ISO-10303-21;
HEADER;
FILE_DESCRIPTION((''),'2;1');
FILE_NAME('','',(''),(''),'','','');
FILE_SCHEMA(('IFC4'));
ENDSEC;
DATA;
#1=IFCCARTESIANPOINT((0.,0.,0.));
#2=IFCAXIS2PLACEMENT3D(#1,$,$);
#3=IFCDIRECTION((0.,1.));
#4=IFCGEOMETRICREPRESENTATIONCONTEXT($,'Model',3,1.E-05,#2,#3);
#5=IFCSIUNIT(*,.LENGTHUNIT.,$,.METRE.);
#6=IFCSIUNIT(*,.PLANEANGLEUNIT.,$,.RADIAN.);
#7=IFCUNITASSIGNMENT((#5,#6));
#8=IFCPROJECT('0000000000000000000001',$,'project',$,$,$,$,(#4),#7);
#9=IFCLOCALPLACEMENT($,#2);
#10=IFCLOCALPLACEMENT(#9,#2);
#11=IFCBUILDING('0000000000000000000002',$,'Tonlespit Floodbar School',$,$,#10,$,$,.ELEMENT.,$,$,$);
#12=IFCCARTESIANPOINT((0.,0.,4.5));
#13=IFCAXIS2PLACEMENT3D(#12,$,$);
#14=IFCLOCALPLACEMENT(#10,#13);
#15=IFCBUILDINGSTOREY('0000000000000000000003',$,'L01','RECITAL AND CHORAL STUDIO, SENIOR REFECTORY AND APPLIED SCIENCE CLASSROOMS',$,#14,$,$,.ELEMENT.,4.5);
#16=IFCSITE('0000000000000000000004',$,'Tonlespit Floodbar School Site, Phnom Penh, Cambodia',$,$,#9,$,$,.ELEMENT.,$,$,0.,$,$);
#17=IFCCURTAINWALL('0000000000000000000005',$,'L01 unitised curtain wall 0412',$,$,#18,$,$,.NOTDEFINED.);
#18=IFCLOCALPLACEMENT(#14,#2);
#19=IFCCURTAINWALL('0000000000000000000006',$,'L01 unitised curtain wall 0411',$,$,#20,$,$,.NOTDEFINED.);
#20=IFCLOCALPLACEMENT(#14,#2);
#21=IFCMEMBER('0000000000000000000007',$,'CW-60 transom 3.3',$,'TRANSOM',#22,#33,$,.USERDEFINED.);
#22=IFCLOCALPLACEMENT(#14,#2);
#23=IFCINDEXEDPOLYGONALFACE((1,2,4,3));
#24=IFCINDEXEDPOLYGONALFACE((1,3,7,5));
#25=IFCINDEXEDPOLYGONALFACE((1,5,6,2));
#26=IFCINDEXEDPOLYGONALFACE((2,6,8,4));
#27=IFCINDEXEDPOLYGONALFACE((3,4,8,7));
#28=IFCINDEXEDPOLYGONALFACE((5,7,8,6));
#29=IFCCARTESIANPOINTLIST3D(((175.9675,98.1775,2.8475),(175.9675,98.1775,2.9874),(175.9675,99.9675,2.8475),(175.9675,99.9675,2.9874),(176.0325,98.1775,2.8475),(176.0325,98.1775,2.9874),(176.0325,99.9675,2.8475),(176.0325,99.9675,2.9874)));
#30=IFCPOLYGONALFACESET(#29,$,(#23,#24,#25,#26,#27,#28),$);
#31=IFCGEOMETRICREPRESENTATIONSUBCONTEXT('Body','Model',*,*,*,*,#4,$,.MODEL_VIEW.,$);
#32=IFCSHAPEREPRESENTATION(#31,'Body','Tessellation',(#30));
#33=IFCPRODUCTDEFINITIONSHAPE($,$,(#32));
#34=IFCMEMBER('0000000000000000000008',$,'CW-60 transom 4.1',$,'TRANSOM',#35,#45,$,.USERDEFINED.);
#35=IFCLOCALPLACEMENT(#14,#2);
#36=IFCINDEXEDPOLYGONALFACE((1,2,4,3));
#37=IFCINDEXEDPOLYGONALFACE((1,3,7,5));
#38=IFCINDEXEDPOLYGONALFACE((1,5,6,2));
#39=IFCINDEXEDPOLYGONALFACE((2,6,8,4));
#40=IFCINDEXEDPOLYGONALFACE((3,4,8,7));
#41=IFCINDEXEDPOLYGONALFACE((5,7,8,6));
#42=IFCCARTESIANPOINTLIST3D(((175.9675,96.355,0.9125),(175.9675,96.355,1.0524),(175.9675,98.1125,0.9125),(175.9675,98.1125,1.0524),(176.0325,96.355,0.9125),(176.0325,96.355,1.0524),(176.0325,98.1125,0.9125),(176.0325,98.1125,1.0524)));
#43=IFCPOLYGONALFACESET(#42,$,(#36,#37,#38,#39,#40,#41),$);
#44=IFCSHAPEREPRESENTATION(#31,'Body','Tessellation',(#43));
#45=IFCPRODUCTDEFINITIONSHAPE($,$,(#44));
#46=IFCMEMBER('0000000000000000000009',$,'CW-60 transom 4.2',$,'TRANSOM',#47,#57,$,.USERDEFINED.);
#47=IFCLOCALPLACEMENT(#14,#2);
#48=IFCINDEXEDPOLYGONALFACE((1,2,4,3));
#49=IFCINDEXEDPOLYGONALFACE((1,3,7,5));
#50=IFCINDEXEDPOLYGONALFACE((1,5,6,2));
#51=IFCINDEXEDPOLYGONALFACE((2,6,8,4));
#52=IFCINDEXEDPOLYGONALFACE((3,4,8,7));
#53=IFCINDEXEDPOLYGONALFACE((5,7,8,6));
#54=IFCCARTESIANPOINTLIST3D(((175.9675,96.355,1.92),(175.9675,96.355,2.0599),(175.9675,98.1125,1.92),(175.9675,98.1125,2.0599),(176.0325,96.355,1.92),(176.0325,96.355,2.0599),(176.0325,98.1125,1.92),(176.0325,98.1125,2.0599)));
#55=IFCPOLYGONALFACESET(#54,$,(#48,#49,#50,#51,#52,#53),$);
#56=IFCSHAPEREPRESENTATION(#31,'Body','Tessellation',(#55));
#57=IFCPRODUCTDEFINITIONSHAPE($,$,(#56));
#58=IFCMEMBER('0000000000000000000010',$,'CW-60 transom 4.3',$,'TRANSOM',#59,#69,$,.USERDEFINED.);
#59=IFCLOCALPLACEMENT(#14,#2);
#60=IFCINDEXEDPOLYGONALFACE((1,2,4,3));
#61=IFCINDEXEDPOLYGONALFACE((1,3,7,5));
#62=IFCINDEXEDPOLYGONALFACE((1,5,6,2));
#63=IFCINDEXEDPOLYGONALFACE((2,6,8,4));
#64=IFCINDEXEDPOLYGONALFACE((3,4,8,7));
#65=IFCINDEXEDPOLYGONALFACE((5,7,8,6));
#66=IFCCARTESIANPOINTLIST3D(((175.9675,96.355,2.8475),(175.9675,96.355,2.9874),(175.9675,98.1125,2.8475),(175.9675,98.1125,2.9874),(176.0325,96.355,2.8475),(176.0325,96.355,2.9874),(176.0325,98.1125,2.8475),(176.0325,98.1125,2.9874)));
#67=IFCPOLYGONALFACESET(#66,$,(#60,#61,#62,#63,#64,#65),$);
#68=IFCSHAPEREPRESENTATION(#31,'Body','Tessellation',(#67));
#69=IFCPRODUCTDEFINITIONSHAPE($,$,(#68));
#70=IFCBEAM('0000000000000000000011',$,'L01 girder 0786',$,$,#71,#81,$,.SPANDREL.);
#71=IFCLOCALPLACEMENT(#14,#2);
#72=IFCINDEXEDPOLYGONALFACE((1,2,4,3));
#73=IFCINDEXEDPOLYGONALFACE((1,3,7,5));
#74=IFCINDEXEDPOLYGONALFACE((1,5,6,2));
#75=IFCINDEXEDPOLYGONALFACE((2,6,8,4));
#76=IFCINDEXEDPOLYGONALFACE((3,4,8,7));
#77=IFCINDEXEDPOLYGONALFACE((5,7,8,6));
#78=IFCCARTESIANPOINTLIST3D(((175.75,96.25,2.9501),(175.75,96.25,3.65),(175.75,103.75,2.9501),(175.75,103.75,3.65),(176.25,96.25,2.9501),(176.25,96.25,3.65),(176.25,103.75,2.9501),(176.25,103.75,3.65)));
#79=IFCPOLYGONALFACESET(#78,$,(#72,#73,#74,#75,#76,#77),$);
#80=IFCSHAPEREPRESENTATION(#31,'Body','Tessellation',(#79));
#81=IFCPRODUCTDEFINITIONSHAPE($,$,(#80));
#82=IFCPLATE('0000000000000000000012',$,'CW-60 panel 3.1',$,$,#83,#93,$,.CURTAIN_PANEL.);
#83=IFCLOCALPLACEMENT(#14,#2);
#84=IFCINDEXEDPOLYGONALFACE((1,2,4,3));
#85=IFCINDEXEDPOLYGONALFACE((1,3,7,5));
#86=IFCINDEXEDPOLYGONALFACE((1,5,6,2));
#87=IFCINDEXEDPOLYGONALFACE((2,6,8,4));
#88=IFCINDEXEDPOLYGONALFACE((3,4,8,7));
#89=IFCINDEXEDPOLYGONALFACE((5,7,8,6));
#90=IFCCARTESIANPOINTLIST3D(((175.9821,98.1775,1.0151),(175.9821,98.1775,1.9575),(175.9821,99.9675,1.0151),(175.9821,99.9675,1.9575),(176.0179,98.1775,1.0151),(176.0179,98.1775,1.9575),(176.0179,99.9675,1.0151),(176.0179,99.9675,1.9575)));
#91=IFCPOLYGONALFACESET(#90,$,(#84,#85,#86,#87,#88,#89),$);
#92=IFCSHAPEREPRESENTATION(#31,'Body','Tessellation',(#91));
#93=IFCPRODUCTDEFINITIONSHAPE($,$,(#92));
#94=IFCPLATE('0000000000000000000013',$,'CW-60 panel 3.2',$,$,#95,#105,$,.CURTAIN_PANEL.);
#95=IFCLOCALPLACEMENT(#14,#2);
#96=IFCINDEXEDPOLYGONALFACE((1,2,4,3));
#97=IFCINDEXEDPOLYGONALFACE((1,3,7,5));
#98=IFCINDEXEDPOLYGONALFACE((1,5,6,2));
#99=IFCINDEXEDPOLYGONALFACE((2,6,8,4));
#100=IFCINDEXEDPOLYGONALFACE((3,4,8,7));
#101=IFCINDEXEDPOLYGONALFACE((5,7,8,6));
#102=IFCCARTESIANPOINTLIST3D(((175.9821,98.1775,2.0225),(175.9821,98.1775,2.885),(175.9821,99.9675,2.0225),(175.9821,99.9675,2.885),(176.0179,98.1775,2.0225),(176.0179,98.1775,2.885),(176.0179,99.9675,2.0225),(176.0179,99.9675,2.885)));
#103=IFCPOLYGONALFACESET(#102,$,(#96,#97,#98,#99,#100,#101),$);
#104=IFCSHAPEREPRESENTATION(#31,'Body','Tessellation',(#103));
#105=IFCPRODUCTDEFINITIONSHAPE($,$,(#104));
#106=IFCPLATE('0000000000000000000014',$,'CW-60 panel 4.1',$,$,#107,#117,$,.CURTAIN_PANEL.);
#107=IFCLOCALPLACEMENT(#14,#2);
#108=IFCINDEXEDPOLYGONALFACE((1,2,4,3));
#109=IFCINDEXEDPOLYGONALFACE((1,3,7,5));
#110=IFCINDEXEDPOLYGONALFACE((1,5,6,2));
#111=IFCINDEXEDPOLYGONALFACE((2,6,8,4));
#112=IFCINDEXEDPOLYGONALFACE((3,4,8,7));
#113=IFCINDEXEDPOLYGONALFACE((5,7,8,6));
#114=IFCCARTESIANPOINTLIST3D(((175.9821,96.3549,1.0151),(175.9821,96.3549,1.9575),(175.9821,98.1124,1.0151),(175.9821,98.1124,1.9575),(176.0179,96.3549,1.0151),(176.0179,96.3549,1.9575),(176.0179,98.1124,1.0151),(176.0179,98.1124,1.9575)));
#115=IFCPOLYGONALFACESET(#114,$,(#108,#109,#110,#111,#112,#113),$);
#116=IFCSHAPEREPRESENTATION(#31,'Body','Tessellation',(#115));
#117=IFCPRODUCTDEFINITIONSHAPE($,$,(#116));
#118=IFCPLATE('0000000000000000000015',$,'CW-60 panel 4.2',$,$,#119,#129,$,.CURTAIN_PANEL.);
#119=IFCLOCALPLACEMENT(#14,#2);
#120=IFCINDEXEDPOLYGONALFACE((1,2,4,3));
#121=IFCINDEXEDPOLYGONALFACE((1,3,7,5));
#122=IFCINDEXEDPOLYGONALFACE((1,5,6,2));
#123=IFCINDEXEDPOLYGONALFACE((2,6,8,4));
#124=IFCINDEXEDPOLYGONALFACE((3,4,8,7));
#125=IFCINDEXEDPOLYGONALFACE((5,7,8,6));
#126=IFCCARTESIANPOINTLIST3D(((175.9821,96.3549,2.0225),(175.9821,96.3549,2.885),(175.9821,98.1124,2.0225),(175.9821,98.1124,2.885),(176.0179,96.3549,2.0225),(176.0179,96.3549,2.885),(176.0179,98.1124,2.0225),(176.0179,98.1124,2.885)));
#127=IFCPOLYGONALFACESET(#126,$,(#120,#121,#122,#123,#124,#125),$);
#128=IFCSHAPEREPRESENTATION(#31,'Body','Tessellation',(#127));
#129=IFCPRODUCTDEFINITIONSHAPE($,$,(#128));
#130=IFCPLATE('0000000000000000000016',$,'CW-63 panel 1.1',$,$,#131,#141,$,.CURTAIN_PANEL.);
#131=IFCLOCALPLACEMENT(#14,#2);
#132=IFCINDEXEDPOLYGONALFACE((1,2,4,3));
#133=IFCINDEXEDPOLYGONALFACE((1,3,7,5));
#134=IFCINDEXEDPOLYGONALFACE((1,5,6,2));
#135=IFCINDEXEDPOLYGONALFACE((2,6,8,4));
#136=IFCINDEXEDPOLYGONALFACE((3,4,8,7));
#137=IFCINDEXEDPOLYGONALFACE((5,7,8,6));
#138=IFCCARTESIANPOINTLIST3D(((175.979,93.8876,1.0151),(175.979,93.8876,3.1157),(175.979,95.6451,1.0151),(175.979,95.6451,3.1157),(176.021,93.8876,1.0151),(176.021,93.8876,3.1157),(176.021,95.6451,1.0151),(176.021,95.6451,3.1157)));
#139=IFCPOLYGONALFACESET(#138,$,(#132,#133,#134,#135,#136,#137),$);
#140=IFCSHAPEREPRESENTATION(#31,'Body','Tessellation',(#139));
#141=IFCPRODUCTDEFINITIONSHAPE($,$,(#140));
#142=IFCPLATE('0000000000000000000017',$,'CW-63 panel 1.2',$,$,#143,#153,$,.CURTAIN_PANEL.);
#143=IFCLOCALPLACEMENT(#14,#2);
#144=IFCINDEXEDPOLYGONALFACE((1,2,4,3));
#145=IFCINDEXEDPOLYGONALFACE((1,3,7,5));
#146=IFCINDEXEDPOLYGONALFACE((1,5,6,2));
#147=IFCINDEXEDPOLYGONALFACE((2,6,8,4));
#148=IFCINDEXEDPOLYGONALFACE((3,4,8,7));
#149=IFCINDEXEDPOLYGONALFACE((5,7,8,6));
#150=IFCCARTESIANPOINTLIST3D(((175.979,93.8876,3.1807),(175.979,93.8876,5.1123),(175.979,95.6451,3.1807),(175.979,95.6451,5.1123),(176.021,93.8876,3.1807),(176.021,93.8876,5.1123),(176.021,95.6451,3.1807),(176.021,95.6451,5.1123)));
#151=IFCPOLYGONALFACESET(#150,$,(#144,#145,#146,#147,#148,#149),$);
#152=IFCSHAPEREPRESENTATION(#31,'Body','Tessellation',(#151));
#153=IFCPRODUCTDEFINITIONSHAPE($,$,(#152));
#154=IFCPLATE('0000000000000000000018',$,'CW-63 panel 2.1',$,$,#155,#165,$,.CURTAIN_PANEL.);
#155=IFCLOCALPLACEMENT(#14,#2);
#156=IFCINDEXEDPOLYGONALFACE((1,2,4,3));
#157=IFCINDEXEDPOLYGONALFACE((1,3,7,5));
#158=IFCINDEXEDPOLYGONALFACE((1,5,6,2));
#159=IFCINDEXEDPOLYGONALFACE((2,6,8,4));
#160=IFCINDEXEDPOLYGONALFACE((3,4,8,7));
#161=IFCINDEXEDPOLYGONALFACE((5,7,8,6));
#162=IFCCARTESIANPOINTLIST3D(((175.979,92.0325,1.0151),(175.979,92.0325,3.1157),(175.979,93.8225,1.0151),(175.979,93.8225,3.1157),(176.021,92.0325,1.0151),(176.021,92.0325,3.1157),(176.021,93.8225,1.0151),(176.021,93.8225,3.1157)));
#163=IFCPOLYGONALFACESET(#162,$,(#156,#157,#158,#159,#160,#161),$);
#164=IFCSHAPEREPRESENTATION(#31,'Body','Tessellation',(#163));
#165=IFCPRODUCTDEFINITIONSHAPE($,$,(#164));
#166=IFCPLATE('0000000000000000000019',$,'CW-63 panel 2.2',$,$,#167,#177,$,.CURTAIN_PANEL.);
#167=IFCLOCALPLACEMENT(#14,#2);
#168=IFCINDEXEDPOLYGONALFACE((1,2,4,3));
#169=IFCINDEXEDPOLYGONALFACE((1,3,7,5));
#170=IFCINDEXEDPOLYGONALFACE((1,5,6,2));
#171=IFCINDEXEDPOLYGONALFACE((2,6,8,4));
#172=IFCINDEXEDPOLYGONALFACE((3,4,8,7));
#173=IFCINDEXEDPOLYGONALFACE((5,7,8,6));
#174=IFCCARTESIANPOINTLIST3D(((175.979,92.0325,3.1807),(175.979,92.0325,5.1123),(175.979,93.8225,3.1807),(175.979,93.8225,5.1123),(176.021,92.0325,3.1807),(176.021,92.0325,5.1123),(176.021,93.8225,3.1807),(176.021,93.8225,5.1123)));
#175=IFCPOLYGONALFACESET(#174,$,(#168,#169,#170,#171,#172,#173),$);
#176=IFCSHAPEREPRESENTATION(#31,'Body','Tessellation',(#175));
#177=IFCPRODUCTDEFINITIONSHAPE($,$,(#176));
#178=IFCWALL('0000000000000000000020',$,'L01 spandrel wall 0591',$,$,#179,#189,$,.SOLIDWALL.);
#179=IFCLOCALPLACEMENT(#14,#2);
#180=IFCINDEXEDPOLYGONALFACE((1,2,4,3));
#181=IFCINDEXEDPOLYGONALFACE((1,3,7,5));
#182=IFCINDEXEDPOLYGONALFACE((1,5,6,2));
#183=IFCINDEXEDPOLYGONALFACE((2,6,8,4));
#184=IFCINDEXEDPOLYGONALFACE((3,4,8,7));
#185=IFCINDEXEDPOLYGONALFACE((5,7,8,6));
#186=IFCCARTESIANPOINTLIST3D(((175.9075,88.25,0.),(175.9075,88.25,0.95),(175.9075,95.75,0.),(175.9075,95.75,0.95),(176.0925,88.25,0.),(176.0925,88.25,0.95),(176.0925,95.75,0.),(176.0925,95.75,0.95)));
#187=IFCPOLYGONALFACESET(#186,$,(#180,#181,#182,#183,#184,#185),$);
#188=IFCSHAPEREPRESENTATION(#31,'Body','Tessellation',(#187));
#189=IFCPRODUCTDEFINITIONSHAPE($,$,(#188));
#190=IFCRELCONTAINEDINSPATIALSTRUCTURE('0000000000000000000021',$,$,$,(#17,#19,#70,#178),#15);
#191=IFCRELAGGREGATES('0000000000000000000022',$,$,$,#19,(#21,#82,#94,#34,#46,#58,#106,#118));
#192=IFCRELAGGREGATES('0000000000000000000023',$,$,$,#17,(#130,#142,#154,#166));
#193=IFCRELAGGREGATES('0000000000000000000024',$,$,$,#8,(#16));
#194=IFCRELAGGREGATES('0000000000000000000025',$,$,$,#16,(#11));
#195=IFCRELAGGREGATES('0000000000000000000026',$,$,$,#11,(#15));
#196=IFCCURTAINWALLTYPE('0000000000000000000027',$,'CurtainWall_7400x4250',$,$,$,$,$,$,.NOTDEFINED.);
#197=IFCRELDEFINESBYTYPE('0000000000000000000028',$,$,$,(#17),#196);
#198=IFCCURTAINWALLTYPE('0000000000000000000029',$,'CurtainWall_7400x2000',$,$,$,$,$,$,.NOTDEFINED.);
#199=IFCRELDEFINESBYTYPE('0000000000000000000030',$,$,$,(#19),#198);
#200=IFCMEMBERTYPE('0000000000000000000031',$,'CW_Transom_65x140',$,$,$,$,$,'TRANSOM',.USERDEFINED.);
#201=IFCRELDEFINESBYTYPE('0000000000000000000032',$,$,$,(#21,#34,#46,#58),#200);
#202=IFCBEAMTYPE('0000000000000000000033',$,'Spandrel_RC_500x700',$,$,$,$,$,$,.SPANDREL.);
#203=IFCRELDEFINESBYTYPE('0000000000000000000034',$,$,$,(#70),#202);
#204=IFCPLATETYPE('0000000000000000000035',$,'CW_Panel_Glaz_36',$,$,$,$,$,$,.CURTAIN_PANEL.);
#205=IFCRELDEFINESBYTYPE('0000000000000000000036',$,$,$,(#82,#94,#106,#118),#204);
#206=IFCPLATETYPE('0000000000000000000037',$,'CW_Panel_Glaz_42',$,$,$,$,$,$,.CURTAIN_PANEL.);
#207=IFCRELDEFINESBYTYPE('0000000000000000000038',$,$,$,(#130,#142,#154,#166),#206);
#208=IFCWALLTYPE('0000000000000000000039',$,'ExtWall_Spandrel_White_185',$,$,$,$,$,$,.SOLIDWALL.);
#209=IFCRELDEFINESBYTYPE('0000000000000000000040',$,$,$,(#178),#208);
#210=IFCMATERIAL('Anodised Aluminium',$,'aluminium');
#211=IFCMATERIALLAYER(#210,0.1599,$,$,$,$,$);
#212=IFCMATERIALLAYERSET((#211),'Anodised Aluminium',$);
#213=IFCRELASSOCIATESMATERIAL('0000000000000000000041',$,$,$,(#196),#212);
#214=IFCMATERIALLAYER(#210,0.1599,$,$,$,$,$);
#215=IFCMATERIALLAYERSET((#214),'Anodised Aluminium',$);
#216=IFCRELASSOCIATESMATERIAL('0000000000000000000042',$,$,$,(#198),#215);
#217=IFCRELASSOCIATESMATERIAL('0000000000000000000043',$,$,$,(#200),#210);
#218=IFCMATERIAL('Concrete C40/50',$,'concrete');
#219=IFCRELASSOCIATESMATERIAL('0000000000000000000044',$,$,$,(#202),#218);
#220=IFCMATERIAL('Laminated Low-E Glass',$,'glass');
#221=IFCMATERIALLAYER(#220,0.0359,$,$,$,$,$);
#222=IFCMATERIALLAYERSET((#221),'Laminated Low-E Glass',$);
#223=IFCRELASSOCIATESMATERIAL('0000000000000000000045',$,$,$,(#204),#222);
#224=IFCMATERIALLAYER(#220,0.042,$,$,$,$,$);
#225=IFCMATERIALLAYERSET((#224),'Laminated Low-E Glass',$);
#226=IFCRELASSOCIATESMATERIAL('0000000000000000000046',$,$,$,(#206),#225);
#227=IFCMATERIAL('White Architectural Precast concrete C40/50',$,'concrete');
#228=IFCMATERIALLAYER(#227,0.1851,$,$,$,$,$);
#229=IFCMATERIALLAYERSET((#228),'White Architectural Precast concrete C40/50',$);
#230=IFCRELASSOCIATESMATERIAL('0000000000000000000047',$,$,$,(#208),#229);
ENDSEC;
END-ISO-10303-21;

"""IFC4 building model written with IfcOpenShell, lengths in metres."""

from ifc_helpers import new_model, si_unit, direction, frame, frame_2d, origin, origin_2d, place, context, subcontext, project, spatial, rectangle, extrude, material, layer, layer_set, material_profile, profile_set, type_object, element, aggregate, save


model = new_model("IFC4")

# Units and contexts
model_context = context("Model", 3, precision=1e-05, world=origin(), true_north=direction((0.0, 1.0)))
body_context = subcontext(model_context, "Body", "Model", "MODEL_VIEW")
ifc_project = project(units=[si_unit("LENGTHUNIT", "METRE"), si_unit("PLANEANGLEUNIT", "RADIAN")], contexts=[model_context])

# Site, building, storey
site_placement = place(None, origin())
site = spatial("IfcSite", under=ifc_project, at=site_placement, Name="Tonlespit Floodbar School Site, Phnom Penh, Cambodia", CompositionType="ELEMENT", RefElevation=0.0)
building_placement = place(site_placement, origin())
building = spatial("IfcBuilding", under=site, at=building_placement, Name="Tonlespit Floodbar School", CompositionType="ELEMENT")
storey_placement = place(building_placement, frame((0.0, 0.0, 4.5)))
storey = spatial("IfcBuildingStorey", under=building, at=storey_placement, Name="L01", Description="RECITAL AND CHORAL STUDIO, SENIOR REFECTORY AND APPLIED SCIENCE CLASSROOMS", CompositionType="ELEMENT", Elevation=4.5)

# Shared definitions
ifc_material_1 = material(Name="Concrete C40/50", Category="concrete")

# Curtain walls
ifc_material_2 = material(Name="Anodised Aluminium", Category="aluminium")
ifc_layer_1 = layer(ifc_material_2, 0.1599)
ifc_layer_set_1 = layer_set([ifc_layer_1], Name="Anodised Aluminium")
curtain_wall_type_1 = type_object("IfcCurtainWallType", Name="CurtainWall_7400x4250", PredefinedType="NOTDEFINED", material=ifc_layer_set_1)
curtain_wall_1_placement = place(storey_placement, origin())
curtain_wall_1 = element("IfcCurtainWall", 1, at=curtain_wall_1_placement, inside=storey, type_object=curtain_wall_type_1, Name="L01 unitised curtain wall 0412", PredefinedType="NOTDEFINED")
ifc_layer_2 = layer(ifc_material_2, 0.1599)
ifc_layer_set_2 = layer_set([ifc_layer_2], Name="Anodised Aluminium")
curtain_wall_type_2 = type_object("IfcCurtainWallType", Name="CurtainWall_7400x2000", PredefinedType="NOTDEFINED", material=ifc_layer_set_2)
curtain_wall_2_placement = place(storey_placement, origin())
curtain_wall_2 = element("IfcCurtainWall", 2, at=curtain_wall_2_placement, inside=storey, type_object=curtain_wall_type_2, Name="L01 unitised curtain wall 0411", PredefinedType="NOTDEFINED")

# Members
ifc_material_profile_1 = material_profile(ifc_material_2, rectangle(XDim=0.0649, YDim=0.1399, at=origin_2d()), Name="ALU T65x140")
ifc_profile_set_1 = profile_set([ifc_material_profile_1], Name="Anodised Aluminium")
member_type_1 = type_object("IfcMemberType", Name="CW_Transom_65x140", ElementType="TRANSOM", PredefinedType="USERDEFINED", material=ifc_profile_set_1)
member_1_placement = place(storey_placement, frame((176.0, 99.9675, 2.9175), z_axis=(0.0, -1.0, 0.0), x_axis=(1.0, 0.0, 0.0)))
member_1 = element("IfcMember", 3, at=member_1_placement, type_object=member_type_1, Name="CW-60 transom 3.3", ObjectType="TRANSOM", PredefinedType="USERDEFINED", context=body_context, shape_type="SweptSolid", body=[
    extrude(rectangle(XDim=0.0649, YDim=0.1399, at=origin_2d()), origin(), (0.0, 0.0, 1.0), 1.79),
])
member_2_placement = place(storey_placement, frame((176.0, 98.1125, 0.9824), z_axis=(0.0, -1.0, 0.0), x_axis=(1.0, 0.0, 0.0)))
member_2 = element("IfcMember", 4, at=member_2_placement, type_object=member_type_1, Name="CW-60 transom 4.1", ObjectType="TRANSOM", PredefinedType="USERDEFINED", context=body_context, shape_type="SweptSolid", body=[
    extrude(rectangle(XDim=0.0649, YDim=0.1399, at=origin_2d()), origin(), (0.0, 0.0, 1.0), 1.7576),
])
member_3_placement = place(storey_placement, frame((176.0, 98.1125, 1.99), z_axis=(0.0, -1.0, 0.0), x_axis=(1.0, 0.0, 0.0)))
member_3 = element("IfcMember", 5, at=member_3_placement, type_object=member_type_1, Name="CW-60 transom 4.2", ObjectType="TRANSOM", PredefinedType="USERDEFINED", context=body_context, shape_type="SweptSolid", body=[
    extrude(rectangle(XDim=0.0649, YDim=0.1399, at=origin_2d()), origin(), (0.0, 0.0, 1.0), 1.7576),
])
member_4_placement = place(storey_placement, frame((176.0, 98.1125, 2.9175), z_axis=(0.0, -1.0, 0.0), x_axis=(1.0, 0.0, 0.0)))
member_4 = element("IfcMember", 6, at=member_4_placement, type_object=member_type_1, Name="CW-60 transom 4.3", ObjectType="TRANSOM", PredefinedType="USERDEFINED", context=body_context, shape_type="SweptSolid", body=[
    extrude(rectangle(XDim=0.0649, YDim=0.1399, at=origin_2d()), origin(), (0.0, 0.0, 1.0), 1.7576),
])

# Beam
ifc_material_profile_2 = material_profile(ifc_material_1, rectangle(XDim=0.5, YDim=0.7, at=origin_2d()), Name="RC 500x700")
ifc_profile_set_2 = profile_set([ifc_material_profile_2], Name="Concrete C40/50")
beam_type = type_object("IfcBeamType", Name="Spandrel_RC_500x700", PredefinedType="SPANDREL", material=ifc_profile_set_2)
beam_placement = place(storey_placement, frame((176.0, 96.25, 3.3), z_axis=(0.0, 1.0, 0.0), x_axis=(-1.0, 0.0, 0.0)))
element("IfcBeam", 7, at=beam_placement, inside=storey, type_object=beam_type, Name="L01 girder 0786", PredefinedType="SPANDREL", context=body_context, shape_type="SweptSolid", body=[
    extrude(rectangle(XDim=0.5, YDim=0.7, at=origin_2d()), origin(), (0.0, 0.0, 1.0), 7.5),
])

# Plates
ifc_material_3 = material(Name="Laminated Low-E Glass", Category="glass")
ifc_layer_3 = layer(ifc_material_3, 0.0359)
ifc_layer_set_3 = layer_set([ifc_layer_3], Name="Laminated Low-E Glass")
plate_type_1 = type_object("IfcPlateType", Name="CW_Panel_Glaz_36", PredefinedType="CURTAIN_PANEL", material=ifc_layer_set_3)
plate_1_placement = place(storey_placement, frame((176.0, 99.0725, 1.0151), z_axis=(0.0, 0.0, 1.0), x_axis=(0.0, -1.0, 0.0)))
plate_1 = element("IfcPlate", 8, at=plate_1_placement, type_object=plate_type_1, Name="CW-60 panel 3.1", PredefinedType="CURTAIN_PANEL", context=body_context, shape_type="SweptSolid", body=[
    extrude(rectangle(XDim=1.79, YDim=0.0359, at=origin_2d()), origin(), (0.0, 0.0, 1.0), 0.9424),
])
plate_2_placement = place(storey_placement, frame((176.0, 99.0725, 2.0225), z_axis=(0.0, 0.0, 1.0), x_axis=(0.0, -1.0, 0.0)))
plate_2 = element("IfcPlate", 9, at=plate_2_placement, type_object=plate_type_1, Name="CW-60 panel 3.2", PredefinedType="CURTAIN_PANEL", context=body_context, shape_type="SweptSolid", body=[
    extrude(rectangle(XDim=1.79, YDim=0.0359, at=origin_2d()), origin(), (0.0, 0.0, 1.0), 0.8625),
])
plate_3_placement = place(storey_placement, frame((176.0, 97.2336, 1.0151), z_axis=(0.0, 0.0, 1.0), x_axis=(0.0, -1.0, 0.0)))
plate_3 = element("IfcPlate", 10, at=plate_3_placement, type_object=plate_type_1, Name="CW-60 panel 4.1", PredefinedType="CURTAIN_PANEL", context=body_context, shape_type="SweptSolid", body=[
    extrude(rectangle(XDim=1.7576, YDim=0.0359, at=origin_2d()), origin(), (0.0, 0.0, 1.0), 0.9424),
])
plate_4_placement = place(storey_placement, frame((176.0, 97.2336, 2.0225), z_axis=(0.0, 0.0, 1.0), x_axis=(0.0, -1.0, 0.0)))
plate_4 = element("IfcPlate", 11, at=plate_4_placement, type_object=plate_type_1, Name="CW-60 panel 4.2", PredefinedType="CURTAIN_PANEL", context=body_context, shape_type="SweptSolid", body=[
    extrude(rectangle(XDim=1.7576, YDim=0.0359, at=origin_2d()), origin(), (0.0, 0.0, 1.0), 0.8625),
])
aggregate(curtain_wall_2, [member_1, plate_1, plate_2, member_2, member_3, member_4, plate_3, plate_4])
ifc_layer_4 = layer(ifc_material_3, 0.042)
ifc_layer_set_4 = layer_set([ifc_layer_4], Name="Laminated Low-E Glass")
plate_type_2 = type_object("IfcPlateType", Name="CW_Panel_Glaz_42", PredefinedType="CURTAIN_PANEL", material=ifc_layer_set_4)
plate_5_placement = place(storey_placement, frame((176.0, 94.7664, 1.0151), z_axis=(0.0, 0.0, 1.0), x_axis=(0.0, -1.0, 0.0)))
plate_5 = element("IfcPlate", 12, at=plate_5_placement, type_object=plate_type_2, Name="CW-63 panel 1.1", PredefinedType="CURTAIN_PANEL", context=body_context, shape_type="SweptSolid", body=[
    extrude(rectangle(XDim=1.7576, YDim=0.042, at=origin_2d()), origin(), (0.0, 0.0, 1.0), 2.1006),
])
plate_6_placement = place(storey_placement, frame((176.0, 94.7664, 3.1807), z_axis=(0.0, 0.0, 1.0), x_axis=(0.0, -1.0, 0.0)))
plate_6 = element("IfcPlate", 13, at=plate_6_placement, type_object=plate_type_2, Name="CW-63 panel 1.2", PredefinedType="CURTAIN_PANEL", context=body_context, shape_type="SweptSolid", body=[
    extrude(rectangle(XDim=1.7576, YDim=0.042, at=origin_2d()), origin(), (0.0, 0.0, 1.0), 1.9316),
])
plate_7_placement = place(storey_placement, frame((176.0, 92.9275, 1.0151), z_axis=(0.0, 0.0, 1.0), x_axis=(0.0, -1.0, 0.0)))
plate_7 = element("IfcPlate", 14, at=plate_7_placement, type_object=plate_type_2, Name="CW-63 panel 2.1", PredefinedType="CURTAIN_PANEL", context=body_context, shape_type="SweptSolid", body=[
    extrude(rectangle(XDim=1.79, YDim=0.042, at=origin_2d()), origin(), (0.0, 0.0, 1.0), 2.1006),
])
plate_8_placement = place(storey_placement, frame((176.0, 92.9275, 3.1807), z_axis=(0.0, 0.0, 1.0), x_axis=(0.0, -1.0, 0.0)))
plate_8 = element("IfcPlate", 15, at=plate_8_placement, type_object=plate_type_2, Name="CW-63 panel 2.2", PredefinedType="CURTAIN_PANEL", context=body_context, shape_type="SweptSolid", body=[
    extrude(rectangle(XDim=1.79, YDim=0.042, at=origin_2d()), origin(), (0.0, 0.0, 1.0), 1.9316),
])
aggregate(curtain_wall_1, [plate_5, plate_6, plate_7, plate_8])

# Wall
ifc_material_4 = material(Name="White Architectural Precast concrete C40/50", Category="concrete")
ifc_layer_5 = layer(ifc_material_4, 0.1851)
ifc_layer_set_5 = layer_set([ifc_layer_5], Name="White Architectural Precast concrete C40/50")
wall_type = type_object("IfcWallType", Name="ExtWall_Spandrel_White_185", PredefinedType="SOLIDWALL", material=ifc_layer_set_5)
wall_placement = place(storey_placement, frame((176.0, 95.75, 0.0), z_axis=(0.0, 0.0, 1.0), x_axis=(0.0, -1.0, 0.0)))
element("IfcWall", 16, at=wall_placement, inside=storey, type_object=wall_type, Name="L01 spandrel wall 0591", PredefinedType="SOLIDWALL", context=body_context, shape_type="SweptSolid", body=[
    extrude(rectangle(XDim=7.5, YDim=0.1851, at=frame_2d((3.75, 0.0))), origin(), (0.0, 0.0, 1.0), 0.95),
])

save(model, "model.ifc")
